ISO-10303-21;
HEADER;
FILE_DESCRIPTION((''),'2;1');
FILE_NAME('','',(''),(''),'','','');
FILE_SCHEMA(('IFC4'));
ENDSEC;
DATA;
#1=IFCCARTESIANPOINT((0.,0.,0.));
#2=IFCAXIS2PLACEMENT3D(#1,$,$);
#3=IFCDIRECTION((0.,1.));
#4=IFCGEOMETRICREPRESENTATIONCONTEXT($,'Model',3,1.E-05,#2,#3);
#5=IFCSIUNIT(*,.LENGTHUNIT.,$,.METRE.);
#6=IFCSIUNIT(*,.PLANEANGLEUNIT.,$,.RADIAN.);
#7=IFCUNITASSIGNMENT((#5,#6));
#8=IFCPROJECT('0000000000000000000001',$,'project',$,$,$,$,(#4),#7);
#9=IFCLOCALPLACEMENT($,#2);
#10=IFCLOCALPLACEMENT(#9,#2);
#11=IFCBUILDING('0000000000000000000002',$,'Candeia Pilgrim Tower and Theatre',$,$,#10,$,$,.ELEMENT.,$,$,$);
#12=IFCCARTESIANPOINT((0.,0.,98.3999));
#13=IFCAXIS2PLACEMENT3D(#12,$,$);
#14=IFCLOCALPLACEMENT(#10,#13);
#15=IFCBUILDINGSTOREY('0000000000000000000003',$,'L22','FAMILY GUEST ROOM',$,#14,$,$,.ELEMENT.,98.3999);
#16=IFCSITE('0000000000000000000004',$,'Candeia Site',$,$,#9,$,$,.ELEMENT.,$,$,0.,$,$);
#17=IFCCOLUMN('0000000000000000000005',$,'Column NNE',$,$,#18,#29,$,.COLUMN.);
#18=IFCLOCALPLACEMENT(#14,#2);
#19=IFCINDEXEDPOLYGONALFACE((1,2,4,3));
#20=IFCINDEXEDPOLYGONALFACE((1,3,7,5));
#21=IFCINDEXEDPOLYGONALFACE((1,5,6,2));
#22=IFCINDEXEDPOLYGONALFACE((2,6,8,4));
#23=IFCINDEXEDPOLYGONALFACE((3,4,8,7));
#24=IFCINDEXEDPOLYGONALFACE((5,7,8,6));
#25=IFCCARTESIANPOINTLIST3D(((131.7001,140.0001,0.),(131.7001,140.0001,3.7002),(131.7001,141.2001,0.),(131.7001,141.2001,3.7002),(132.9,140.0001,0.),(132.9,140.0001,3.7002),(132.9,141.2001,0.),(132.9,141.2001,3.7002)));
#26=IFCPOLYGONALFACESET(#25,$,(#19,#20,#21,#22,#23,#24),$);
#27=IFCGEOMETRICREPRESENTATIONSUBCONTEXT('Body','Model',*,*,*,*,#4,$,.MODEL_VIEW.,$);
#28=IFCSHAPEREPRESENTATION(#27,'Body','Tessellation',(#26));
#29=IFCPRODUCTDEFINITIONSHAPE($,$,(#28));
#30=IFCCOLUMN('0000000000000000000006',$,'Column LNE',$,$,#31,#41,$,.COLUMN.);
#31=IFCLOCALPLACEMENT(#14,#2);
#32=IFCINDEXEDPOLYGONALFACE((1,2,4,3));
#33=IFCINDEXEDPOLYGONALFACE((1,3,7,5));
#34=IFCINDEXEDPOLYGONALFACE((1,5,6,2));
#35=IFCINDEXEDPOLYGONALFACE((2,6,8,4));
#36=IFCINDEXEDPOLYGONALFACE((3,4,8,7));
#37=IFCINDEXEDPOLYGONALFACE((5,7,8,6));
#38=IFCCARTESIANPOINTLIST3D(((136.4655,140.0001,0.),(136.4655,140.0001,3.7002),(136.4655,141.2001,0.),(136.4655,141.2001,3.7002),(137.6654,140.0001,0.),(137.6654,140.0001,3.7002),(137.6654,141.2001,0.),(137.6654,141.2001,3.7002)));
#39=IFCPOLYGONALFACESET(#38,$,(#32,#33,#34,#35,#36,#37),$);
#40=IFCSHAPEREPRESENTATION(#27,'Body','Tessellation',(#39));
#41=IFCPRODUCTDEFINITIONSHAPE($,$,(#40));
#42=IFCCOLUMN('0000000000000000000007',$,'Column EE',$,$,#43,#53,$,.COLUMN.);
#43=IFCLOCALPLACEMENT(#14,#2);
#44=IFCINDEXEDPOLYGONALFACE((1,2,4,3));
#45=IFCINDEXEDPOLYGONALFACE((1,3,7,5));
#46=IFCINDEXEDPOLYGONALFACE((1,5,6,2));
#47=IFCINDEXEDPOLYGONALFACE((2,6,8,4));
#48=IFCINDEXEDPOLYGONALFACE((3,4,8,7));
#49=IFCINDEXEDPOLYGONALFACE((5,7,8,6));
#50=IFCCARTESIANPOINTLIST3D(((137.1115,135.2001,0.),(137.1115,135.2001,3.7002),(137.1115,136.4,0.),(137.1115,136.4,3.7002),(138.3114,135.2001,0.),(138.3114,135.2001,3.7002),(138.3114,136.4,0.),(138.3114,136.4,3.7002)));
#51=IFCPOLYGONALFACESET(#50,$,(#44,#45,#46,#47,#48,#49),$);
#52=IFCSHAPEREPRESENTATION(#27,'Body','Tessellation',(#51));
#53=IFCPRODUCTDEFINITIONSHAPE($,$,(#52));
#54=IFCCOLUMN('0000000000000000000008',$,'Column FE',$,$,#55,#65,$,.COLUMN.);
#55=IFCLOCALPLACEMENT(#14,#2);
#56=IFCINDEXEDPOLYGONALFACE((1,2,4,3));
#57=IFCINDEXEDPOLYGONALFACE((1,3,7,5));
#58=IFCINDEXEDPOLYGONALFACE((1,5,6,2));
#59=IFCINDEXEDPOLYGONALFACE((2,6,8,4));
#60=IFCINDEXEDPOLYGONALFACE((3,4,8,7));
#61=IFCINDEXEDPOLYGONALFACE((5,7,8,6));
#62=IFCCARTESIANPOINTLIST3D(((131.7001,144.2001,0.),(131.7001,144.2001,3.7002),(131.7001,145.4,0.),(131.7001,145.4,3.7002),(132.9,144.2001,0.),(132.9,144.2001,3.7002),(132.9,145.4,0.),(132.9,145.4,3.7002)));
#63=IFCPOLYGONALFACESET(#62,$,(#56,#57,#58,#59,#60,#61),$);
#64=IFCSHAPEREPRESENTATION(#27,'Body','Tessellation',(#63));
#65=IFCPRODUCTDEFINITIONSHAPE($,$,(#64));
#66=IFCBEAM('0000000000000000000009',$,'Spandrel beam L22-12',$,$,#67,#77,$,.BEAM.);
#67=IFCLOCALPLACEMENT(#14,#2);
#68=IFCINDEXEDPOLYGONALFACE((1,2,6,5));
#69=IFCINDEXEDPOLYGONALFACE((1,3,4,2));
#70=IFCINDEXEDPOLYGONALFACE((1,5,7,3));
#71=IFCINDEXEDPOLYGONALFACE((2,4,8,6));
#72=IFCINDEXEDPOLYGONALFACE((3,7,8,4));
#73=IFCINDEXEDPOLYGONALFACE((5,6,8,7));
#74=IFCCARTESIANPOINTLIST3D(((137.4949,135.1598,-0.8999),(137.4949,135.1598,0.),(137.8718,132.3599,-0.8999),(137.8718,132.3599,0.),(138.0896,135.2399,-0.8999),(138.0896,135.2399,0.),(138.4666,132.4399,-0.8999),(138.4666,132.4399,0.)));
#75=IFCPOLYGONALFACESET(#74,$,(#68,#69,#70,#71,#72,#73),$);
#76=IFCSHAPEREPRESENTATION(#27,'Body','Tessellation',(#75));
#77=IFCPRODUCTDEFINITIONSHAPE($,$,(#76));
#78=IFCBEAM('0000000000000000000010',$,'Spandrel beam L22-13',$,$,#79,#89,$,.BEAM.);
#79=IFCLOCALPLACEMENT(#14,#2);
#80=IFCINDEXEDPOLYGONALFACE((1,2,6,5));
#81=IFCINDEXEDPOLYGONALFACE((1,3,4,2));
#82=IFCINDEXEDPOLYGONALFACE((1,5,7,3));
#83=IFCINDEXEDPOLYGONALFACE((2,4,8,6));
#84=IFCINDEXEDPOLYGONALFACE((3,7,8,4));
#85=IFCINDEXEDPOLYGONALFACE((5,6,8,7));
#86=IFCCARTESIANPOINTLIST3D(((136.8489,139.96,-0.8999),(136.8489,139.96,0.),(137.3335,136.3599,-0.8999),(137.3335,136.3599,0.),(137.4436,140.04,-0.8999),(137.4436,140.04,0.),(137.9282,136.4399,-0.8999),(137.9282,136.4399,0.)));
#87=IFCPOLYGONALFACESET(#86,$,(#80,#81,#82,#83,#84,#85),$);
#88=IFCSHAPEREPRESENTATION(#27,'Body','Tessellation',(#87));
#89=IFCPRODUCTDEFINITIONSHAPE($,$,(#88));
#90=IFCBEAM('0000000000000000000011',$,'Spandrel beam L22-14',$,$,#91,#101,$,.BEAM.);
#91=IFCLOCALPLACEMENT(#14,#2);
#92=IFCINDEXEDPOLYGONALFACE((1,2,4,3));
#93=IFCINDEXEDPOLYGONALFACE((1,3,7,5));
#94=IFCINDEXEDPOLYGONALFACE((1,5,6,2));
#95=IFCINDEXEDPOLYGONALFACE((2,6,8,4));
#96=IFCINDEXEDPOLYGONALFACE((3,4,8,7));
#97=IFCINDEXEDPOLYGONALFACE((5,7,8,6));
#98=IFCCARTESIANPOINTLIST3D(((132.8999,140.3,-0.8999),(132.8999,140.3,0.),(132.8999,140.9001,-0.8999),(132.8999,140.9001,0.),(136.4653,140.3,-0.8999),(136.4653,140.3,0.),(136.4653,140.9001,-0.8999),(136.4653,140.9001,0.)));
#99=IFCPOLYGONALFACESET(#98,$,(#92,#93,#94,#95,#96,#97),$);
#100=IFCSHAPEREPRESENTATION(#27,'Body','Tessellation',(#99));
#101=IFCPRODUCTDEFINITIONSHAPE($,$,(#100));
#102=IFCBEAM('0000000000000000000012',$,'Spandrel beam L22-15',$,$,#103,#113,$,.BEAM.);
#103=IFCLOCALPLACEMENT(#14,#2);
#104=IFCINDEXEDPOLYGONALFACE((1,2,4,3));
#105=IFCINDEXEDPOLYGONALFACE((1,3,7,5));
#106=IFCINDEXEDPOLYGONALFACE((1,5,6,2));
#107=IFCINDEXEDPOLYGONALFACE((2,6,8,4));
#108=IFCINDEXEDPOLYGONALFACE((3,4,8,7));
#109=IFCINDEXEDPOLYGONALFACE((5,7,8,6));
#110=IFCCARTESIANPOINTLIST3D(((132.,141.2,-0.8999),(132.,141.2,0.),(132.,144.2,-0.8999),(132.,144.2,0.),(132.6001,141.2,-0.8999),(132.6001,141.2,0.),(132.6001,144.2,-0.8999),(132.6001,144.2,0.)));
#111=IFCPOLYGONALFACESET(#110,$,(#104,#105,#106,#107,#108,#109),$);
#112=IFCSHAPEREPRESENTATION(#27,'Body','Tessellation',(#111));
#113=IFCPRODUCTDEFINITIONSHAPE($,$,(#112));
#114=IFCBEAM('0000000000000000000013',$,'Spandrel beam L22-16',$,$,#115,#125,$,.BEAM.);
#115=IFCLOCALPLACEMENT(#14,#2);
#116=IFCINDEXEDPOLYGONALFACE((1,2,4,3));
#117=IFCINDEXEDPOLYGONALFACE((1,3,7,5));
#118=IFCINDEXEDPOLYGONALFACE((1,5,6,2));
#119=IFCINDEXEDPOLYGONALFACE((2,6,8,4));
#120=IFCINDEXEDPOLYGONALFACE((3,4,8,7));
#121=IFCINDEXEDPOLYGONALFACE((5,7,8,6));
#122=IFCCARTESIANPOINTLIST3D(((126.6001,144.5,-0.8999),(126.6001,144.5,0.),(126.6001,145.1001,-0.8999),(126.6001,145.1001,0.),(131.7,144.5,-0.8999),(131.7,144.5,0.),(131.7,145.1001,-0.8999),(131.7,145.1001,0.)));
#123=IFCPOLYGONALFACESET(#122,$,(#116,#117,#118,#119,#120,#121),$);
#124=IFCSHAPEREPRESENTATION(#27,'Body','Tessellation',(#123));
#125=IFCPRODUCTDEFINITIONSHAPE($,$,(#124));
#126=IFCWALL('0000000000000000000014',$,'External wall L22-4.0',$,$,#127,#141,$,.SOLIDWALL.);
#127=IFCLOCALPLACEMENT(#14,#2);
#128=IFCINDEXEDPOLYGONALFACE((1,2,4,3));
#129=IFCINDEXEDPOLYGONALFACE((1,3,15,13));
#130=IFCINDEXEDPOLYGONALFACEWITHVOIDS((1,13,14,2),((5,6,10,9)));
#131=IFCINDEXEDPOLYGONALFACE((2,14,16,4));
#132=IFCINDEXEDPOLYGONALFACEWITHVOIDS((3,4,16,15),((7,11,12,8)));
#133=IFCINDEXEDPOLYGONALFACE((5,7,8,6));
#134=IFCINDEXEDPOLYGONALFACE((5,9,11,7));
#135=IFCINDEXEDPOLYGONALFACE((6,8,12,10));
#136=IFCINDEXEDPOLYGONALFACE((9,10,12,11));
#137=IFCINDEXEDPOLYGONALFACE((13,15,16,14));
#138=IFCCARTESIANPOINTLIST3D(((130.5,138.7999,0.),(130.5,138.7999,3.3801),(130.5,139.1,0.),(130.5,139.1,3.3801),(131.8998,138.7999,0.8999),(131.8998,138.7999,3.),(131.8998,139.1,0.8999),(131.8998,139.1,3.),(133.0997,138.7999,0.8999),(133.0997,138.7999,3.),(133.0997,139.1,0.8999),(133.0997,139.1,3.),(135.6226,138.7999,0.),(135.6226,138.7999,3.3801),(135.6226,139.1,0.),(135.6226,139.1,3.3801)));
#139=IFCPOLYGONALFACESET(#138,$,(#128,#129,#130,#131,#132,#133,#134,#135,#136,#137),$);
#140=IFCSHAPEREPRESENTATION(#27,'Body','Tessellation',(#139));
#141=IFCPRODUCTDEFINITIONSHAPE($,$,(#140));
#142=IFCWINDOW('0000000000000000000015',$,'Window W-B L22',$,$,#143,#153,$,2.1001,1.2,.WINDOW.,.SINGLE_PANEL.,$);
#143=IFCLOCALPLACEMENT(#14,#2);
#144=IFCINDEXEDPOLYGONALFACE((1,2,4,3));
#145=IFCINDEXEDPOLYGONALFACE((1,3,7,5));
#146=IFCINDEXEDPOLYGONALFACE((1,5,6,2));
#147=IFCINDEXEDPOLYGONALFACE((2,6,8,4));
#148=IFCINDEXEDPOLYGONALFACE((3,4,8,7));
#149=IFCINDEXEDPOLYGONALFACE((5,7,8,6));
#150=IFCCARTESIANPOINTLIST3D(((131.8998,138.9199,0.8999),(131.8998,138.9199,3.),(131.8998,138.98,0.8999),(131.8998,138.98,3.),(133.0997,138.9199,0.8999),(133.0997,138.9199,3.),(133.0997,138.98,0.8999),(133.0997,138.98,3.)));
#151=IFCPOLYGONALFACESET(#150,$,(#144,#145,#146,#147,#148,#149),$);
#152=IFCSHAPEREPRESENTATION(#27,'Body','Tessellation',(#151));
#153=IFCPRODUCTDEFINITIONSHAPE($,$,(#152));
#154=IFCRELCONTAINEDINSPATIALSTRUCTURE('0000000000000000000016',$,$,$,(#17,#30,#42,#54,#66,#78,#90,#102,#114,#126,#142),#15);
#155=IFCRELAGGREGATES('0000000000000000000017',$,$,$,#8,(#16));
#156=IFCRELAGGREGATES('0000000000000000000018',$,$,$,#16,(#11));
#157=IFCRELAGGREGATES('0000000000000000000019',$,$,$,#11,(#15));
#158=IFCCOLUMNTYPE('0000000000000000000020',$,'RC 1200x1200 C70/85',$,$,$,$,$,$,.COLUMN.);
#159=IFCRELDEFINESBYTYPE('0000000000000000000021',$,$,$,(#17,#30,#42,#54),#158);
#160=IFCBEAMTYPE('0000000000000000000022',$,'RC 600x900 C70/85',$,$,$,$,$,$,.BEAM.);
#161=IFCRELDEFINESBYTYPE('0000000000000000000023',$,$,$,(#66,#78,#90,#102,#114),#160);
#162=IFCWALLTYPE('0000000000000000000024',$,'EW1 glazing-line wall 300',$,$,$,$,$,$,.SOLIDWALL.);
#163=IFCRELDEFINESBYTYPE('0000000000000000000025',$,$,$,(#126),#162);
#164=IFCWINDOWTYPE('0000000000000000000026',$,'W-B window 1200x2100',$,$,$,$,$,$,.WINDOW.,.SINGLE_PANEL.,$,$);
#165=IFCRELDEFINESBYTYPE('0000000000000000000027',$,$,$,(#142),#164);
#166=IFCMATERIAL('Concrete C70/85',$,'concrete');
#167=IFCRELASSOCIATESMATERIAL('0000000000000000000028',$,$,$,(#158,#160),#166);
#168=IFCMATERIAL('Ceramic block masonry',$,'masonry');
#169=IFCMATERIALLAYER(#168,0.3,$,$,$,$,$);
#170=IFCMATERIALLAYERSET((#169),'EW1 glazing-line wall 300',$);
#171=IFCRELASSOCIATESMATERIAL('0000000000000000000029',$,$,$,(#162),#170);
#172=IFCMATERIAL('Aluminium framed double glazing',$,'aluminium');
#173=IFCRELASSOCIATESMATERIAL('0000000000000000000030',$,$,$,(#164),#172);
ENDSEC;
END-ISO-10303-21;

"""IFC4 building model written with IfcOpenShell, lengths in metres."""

from ifc_helpers import new_model, si_unit, direction, frame, frame_2d, origin, origin_2d, place, context, subcontext, project, spatial, rectangle, extrude, material, layer, layer_set, material_profile, profile_set, type_object, element, fill, save


model = new_model("IFC4")

# Units and contexts
model_context = context("Model", 3, precision=1e-05, world=origin(), true_north=direction((0.0, 1.0)))
body_context = subcontext(model_context, "Body", "Model", "MODEL_VIEW")
ifc_project = project(units=[si_unit("LENGTHUNIT", "METRE"), si_unit("PLANEANGLEUNIT", "RADIAN")], contexts=[model_context])

# Site, building, storey
site_placement = place(None, origin())
site = spatial("IfcSite", under=ifc_project, at=site_placement, Name="Candeia Site", CompositionType="ELEMENT", RefElevation=0.0)
building_placement = place(site_placement, origin())
building = spatial("IfcBuilding", under=site, at=building_placement, Name="Candeia Pilgrim Tower and Theatre", CompositionType="ELEMENT")
storey_placement = place(building_placement, frame((0.0, 0.0, 98.3999)))
storey = spatial("IfcBuildingStorey", under=building, at=storey_placement, Name="L22", Description="FAMILY GUEST ROOM", CompositionType="ELEMENT", Elevation=98.3999)

# Columns
ifc_material_1 = material(Name="Concrete C70/85", Category="concrete")
ifc_material_profile_1 = material_profile(ifc_material_1, rectangle(XDim=1.2, YDim=1.2, at=origin_2d()))
ifc_profile_set_1 = profile_set([ifc_material_profile_1], Name="Concrete C70/85")
column_type = type_object("IfcColumnType", Name="RC 1200x1200 C70/85", PredefinedType="COLUMN", material=ifc_profile_set_1)
for number, where, z_axis, x_axis, name in (
    (1, (132.3, 140.6001, 0.0), (0.0, 0.0, 1.0), (1.0, 0.0, 0.0), "Column NNE"),
    (2, (137.0654, 140.6001, 0.0), (0.0, 0.0, 1.0), (1.0, 0.0, 0.0), "Column LNE"),
    (3, (137.7114, 135.8, 0.0), (0.0, 0.0, 1.0), (1.0, 0.0, 0.0), "Column EE"),
    (4, (132.3, 144.8, 0.0), (0.0, 0.0, 1.0), (1.0, 0.0, 0.0), "Column FE"),
):
    element("IfcColumn", number, at=place(storey_placement, frame(where, z_axis=z_axis, x_axis=x_axis)), inside=storey, type_object=column_type, Name=name, PredefinedType="COLUMN", context=body_context, shape_type="SweptSolid", body=[
        extrude(rectangle(XDim=1.2, YDim=1.2, at=origin_2d()), origin(), (0.0, 0.0, 1.0), 3.7002),
    ])

# Beams
ifc_material_profile_2 = material_profile(ifc_material_1, rectangle(XDim=0.6001, YDim=0.8999, at=origin_2d()))
ifc_profile_set_2 = profile_set([ifc_material_profile_2], Name="Concrete C70/85")
beam_type = type_object("IfcBeamType", Name="RC 600x900 C70/85", PredefinedType="BEAM", material=ifc_profile_set_2)
beam_1_placement = place(storey_placement, frame((138.1692, 132.3999, -0.45), z_axis=(-0.13342, 0.99106, 0.0), x_axis=(-0.99106, -0.13342, 0.0)))
element("IfcBeam", 5, at=beam_1_placement, inside=storey, type_object=beam_type, Name="Spandrel beam L22-12", PredefinedType="BEAM", context=body_context, shape_type="SweptSolid", body=[
    extrude(rectangle(XDim=0.6001, YDim=0.8999, at=origin_2d()), origin(), (0.0, 0.0, 1.0), 2.8252),
])
beam_2_placement = place(storey_placement, frame((137.6309, 136.3999, -0.45), z_axis=(-0.133409, 0.991061, 0.0), x_axis=(-0.991061, -0.133409, 0.0)))
element("IfcBeam", 6, at=beam_2_placement, inside=storey, type_object=beam_type, Name="Spandrel beam L22-13", PredefinedType="BEAM", context=body_context, shape_type="SweptSolid", body=[
    extrude(rectangle(XDim=0.6001, YDim=0.8999, at=origin_2d()), origin(), (0.0, 0.0, 1.0), 3.6326),
])
beam_3_placement = place(storey_placement, frame((136.4653, 140.6001, -0.45), z_axis=(-1.0, 0.0, 0.0), x_axis=(0.0, -1.0, 0.0)))
element("IfcBeam", 7, at=beam_3_placement, inside=storey, type_object=beam_type, Name="Spandrel beam L22-14", PredefinedType="BEAM", context=body_context, shape_type="SweptSolid", body=[
    extrude(rectangle(XDim=0.6001, YDim=0.8999, at=origin_2d()), origin(), (0.0, 0.0, 1.0), 3.5654),
])
beam_4_placement = place(storey_placement, frame((132.3, 141.2, -0.45), z_axis=(0.0, 1.0, 0.0), x_axis=(-1.0, 0.0, 0.0)))
element("IfcBeam", 8, at=beam_4_placement, inside=storey, type_object=beam_type, Name="Spandrel beam L22-15", PredefinedType="BEAM", context=body_context, shape_type="SweptSolid", body=[
    extrude(rectangle(XDim=0.6001, YDim=0.8999, at=origin_2d()), origin(), (0.0, 0.0, 1.0), 3.0),
])
beam_5_placement = place(storey_placement, frame((131.7, 144.8, -0.45), z_axis=(-1.0, 0.0, 0.0), x_axis=(0.0, -1.0, 0.0)))
element("IfcBeam", 9, at=beam_5_placement, inside=storey, type_object=beam_type, Name="Spandrel beam L22-16", PredefinedType="BEAM", context=body_context, shape_type="SweptSolid", body=[
    extrude(rectangle(XDim=0.6001, YDim=0.8999, at=origin_2d()), origin(), (0.0, 0.0, 1.0), 5.0999),
])

# Shared definitions
ifc_material_2 = material(Name="Ceramic block masonry", Category="masonry")
ifc_layer_1 = layer(ifc_material_2, 0.3)
ifc_layer_set_1 = layer_set([ifc_layer_1], Name="EW1 glazing-line wall 300")
wall_type_1 = type_object("IfcWallType", Name="EW1 glazing-line wall 300", PredefinedType="SOLIDWALL", material=ifc_layer_set_1)
ifc_material_3 = material(Name="Aluminium framed double glazing", Category="aluminium")

# Wall, opening, window
wall_1_placement = place(storey_placement, frame((135.6226, 138.95, 0.0), z_axis=(0.0, 0.0, 1.0), x_axis=(-1.0, 0.0, 0.0)))
wall_1 = element("IfcWall", 10, at=wall_1_placement, inside=storey, type_object=wall_type_1, Name="External wall L22-4.0", PredefinedType="SOLIDWALL", context=body_context, shape_type="SweptSolid", body=[
    extrude(rectangle(XDim=5.1226, YDim=0.3, at=frame_2d((2.5613, 0.0))), origin(), (0.0, 0.0, 1.0), 3.3801),
])
opening_1_placement = place(wall_1_placement, frame((2.5227, 0.0, 0.8999)))
opening_1 = element("IfcOpeningElement", 11, at=opening_1_placement, cuts=wall_1, PredefinedType="OPENING", context=body_context, shape_type="SweptSolid", body=[
    extrude(rectangle(XDim=1.2, YDim=2.1001, at=frame_2d((0.6001, 1.05))), frame((0.0, 0.1602, 0.0), z_axis=(0.0, -1.0, 0.0), x_axis=(1.0, 0.0, 0.0)), (0.0, 0.0, 1.0), 0.3201),
])
window_type_1 = type_object("IfcWindowType", Name="W-B window 1200x2100", PartitioningType="SINGLE_PANEL", PredefinedType="WINDOW", material=ifc_material_3)
window_1_placement = place(opening_1_placement, origin())
window_1 = element("IfcWindow", 12, at=window_1_placement, inside=storey, type_object=window_type_1, Name="Window W-B L22", OverallHeight=2.1001, OverallWidth=1.2, PartitioningType="SINGLE_PANEL", PredefinedType="WINDOW", context=body_context, shape_type="SweptSolid", body=[
    extrude(rectangle(XDim=1.2, YDim=2.1001, at=frame_2d((0.6001, 1.05))), frame((0.0, 0.03, 0.0), z_axis=(0.0, -1.0, 0.0), x_axis=(1.0, 0.0, 0.0)), (0.0, 0.0, 1.0), 0.0601),
])
fill(opening_1, window_1)

save(model, "model.ifc")
